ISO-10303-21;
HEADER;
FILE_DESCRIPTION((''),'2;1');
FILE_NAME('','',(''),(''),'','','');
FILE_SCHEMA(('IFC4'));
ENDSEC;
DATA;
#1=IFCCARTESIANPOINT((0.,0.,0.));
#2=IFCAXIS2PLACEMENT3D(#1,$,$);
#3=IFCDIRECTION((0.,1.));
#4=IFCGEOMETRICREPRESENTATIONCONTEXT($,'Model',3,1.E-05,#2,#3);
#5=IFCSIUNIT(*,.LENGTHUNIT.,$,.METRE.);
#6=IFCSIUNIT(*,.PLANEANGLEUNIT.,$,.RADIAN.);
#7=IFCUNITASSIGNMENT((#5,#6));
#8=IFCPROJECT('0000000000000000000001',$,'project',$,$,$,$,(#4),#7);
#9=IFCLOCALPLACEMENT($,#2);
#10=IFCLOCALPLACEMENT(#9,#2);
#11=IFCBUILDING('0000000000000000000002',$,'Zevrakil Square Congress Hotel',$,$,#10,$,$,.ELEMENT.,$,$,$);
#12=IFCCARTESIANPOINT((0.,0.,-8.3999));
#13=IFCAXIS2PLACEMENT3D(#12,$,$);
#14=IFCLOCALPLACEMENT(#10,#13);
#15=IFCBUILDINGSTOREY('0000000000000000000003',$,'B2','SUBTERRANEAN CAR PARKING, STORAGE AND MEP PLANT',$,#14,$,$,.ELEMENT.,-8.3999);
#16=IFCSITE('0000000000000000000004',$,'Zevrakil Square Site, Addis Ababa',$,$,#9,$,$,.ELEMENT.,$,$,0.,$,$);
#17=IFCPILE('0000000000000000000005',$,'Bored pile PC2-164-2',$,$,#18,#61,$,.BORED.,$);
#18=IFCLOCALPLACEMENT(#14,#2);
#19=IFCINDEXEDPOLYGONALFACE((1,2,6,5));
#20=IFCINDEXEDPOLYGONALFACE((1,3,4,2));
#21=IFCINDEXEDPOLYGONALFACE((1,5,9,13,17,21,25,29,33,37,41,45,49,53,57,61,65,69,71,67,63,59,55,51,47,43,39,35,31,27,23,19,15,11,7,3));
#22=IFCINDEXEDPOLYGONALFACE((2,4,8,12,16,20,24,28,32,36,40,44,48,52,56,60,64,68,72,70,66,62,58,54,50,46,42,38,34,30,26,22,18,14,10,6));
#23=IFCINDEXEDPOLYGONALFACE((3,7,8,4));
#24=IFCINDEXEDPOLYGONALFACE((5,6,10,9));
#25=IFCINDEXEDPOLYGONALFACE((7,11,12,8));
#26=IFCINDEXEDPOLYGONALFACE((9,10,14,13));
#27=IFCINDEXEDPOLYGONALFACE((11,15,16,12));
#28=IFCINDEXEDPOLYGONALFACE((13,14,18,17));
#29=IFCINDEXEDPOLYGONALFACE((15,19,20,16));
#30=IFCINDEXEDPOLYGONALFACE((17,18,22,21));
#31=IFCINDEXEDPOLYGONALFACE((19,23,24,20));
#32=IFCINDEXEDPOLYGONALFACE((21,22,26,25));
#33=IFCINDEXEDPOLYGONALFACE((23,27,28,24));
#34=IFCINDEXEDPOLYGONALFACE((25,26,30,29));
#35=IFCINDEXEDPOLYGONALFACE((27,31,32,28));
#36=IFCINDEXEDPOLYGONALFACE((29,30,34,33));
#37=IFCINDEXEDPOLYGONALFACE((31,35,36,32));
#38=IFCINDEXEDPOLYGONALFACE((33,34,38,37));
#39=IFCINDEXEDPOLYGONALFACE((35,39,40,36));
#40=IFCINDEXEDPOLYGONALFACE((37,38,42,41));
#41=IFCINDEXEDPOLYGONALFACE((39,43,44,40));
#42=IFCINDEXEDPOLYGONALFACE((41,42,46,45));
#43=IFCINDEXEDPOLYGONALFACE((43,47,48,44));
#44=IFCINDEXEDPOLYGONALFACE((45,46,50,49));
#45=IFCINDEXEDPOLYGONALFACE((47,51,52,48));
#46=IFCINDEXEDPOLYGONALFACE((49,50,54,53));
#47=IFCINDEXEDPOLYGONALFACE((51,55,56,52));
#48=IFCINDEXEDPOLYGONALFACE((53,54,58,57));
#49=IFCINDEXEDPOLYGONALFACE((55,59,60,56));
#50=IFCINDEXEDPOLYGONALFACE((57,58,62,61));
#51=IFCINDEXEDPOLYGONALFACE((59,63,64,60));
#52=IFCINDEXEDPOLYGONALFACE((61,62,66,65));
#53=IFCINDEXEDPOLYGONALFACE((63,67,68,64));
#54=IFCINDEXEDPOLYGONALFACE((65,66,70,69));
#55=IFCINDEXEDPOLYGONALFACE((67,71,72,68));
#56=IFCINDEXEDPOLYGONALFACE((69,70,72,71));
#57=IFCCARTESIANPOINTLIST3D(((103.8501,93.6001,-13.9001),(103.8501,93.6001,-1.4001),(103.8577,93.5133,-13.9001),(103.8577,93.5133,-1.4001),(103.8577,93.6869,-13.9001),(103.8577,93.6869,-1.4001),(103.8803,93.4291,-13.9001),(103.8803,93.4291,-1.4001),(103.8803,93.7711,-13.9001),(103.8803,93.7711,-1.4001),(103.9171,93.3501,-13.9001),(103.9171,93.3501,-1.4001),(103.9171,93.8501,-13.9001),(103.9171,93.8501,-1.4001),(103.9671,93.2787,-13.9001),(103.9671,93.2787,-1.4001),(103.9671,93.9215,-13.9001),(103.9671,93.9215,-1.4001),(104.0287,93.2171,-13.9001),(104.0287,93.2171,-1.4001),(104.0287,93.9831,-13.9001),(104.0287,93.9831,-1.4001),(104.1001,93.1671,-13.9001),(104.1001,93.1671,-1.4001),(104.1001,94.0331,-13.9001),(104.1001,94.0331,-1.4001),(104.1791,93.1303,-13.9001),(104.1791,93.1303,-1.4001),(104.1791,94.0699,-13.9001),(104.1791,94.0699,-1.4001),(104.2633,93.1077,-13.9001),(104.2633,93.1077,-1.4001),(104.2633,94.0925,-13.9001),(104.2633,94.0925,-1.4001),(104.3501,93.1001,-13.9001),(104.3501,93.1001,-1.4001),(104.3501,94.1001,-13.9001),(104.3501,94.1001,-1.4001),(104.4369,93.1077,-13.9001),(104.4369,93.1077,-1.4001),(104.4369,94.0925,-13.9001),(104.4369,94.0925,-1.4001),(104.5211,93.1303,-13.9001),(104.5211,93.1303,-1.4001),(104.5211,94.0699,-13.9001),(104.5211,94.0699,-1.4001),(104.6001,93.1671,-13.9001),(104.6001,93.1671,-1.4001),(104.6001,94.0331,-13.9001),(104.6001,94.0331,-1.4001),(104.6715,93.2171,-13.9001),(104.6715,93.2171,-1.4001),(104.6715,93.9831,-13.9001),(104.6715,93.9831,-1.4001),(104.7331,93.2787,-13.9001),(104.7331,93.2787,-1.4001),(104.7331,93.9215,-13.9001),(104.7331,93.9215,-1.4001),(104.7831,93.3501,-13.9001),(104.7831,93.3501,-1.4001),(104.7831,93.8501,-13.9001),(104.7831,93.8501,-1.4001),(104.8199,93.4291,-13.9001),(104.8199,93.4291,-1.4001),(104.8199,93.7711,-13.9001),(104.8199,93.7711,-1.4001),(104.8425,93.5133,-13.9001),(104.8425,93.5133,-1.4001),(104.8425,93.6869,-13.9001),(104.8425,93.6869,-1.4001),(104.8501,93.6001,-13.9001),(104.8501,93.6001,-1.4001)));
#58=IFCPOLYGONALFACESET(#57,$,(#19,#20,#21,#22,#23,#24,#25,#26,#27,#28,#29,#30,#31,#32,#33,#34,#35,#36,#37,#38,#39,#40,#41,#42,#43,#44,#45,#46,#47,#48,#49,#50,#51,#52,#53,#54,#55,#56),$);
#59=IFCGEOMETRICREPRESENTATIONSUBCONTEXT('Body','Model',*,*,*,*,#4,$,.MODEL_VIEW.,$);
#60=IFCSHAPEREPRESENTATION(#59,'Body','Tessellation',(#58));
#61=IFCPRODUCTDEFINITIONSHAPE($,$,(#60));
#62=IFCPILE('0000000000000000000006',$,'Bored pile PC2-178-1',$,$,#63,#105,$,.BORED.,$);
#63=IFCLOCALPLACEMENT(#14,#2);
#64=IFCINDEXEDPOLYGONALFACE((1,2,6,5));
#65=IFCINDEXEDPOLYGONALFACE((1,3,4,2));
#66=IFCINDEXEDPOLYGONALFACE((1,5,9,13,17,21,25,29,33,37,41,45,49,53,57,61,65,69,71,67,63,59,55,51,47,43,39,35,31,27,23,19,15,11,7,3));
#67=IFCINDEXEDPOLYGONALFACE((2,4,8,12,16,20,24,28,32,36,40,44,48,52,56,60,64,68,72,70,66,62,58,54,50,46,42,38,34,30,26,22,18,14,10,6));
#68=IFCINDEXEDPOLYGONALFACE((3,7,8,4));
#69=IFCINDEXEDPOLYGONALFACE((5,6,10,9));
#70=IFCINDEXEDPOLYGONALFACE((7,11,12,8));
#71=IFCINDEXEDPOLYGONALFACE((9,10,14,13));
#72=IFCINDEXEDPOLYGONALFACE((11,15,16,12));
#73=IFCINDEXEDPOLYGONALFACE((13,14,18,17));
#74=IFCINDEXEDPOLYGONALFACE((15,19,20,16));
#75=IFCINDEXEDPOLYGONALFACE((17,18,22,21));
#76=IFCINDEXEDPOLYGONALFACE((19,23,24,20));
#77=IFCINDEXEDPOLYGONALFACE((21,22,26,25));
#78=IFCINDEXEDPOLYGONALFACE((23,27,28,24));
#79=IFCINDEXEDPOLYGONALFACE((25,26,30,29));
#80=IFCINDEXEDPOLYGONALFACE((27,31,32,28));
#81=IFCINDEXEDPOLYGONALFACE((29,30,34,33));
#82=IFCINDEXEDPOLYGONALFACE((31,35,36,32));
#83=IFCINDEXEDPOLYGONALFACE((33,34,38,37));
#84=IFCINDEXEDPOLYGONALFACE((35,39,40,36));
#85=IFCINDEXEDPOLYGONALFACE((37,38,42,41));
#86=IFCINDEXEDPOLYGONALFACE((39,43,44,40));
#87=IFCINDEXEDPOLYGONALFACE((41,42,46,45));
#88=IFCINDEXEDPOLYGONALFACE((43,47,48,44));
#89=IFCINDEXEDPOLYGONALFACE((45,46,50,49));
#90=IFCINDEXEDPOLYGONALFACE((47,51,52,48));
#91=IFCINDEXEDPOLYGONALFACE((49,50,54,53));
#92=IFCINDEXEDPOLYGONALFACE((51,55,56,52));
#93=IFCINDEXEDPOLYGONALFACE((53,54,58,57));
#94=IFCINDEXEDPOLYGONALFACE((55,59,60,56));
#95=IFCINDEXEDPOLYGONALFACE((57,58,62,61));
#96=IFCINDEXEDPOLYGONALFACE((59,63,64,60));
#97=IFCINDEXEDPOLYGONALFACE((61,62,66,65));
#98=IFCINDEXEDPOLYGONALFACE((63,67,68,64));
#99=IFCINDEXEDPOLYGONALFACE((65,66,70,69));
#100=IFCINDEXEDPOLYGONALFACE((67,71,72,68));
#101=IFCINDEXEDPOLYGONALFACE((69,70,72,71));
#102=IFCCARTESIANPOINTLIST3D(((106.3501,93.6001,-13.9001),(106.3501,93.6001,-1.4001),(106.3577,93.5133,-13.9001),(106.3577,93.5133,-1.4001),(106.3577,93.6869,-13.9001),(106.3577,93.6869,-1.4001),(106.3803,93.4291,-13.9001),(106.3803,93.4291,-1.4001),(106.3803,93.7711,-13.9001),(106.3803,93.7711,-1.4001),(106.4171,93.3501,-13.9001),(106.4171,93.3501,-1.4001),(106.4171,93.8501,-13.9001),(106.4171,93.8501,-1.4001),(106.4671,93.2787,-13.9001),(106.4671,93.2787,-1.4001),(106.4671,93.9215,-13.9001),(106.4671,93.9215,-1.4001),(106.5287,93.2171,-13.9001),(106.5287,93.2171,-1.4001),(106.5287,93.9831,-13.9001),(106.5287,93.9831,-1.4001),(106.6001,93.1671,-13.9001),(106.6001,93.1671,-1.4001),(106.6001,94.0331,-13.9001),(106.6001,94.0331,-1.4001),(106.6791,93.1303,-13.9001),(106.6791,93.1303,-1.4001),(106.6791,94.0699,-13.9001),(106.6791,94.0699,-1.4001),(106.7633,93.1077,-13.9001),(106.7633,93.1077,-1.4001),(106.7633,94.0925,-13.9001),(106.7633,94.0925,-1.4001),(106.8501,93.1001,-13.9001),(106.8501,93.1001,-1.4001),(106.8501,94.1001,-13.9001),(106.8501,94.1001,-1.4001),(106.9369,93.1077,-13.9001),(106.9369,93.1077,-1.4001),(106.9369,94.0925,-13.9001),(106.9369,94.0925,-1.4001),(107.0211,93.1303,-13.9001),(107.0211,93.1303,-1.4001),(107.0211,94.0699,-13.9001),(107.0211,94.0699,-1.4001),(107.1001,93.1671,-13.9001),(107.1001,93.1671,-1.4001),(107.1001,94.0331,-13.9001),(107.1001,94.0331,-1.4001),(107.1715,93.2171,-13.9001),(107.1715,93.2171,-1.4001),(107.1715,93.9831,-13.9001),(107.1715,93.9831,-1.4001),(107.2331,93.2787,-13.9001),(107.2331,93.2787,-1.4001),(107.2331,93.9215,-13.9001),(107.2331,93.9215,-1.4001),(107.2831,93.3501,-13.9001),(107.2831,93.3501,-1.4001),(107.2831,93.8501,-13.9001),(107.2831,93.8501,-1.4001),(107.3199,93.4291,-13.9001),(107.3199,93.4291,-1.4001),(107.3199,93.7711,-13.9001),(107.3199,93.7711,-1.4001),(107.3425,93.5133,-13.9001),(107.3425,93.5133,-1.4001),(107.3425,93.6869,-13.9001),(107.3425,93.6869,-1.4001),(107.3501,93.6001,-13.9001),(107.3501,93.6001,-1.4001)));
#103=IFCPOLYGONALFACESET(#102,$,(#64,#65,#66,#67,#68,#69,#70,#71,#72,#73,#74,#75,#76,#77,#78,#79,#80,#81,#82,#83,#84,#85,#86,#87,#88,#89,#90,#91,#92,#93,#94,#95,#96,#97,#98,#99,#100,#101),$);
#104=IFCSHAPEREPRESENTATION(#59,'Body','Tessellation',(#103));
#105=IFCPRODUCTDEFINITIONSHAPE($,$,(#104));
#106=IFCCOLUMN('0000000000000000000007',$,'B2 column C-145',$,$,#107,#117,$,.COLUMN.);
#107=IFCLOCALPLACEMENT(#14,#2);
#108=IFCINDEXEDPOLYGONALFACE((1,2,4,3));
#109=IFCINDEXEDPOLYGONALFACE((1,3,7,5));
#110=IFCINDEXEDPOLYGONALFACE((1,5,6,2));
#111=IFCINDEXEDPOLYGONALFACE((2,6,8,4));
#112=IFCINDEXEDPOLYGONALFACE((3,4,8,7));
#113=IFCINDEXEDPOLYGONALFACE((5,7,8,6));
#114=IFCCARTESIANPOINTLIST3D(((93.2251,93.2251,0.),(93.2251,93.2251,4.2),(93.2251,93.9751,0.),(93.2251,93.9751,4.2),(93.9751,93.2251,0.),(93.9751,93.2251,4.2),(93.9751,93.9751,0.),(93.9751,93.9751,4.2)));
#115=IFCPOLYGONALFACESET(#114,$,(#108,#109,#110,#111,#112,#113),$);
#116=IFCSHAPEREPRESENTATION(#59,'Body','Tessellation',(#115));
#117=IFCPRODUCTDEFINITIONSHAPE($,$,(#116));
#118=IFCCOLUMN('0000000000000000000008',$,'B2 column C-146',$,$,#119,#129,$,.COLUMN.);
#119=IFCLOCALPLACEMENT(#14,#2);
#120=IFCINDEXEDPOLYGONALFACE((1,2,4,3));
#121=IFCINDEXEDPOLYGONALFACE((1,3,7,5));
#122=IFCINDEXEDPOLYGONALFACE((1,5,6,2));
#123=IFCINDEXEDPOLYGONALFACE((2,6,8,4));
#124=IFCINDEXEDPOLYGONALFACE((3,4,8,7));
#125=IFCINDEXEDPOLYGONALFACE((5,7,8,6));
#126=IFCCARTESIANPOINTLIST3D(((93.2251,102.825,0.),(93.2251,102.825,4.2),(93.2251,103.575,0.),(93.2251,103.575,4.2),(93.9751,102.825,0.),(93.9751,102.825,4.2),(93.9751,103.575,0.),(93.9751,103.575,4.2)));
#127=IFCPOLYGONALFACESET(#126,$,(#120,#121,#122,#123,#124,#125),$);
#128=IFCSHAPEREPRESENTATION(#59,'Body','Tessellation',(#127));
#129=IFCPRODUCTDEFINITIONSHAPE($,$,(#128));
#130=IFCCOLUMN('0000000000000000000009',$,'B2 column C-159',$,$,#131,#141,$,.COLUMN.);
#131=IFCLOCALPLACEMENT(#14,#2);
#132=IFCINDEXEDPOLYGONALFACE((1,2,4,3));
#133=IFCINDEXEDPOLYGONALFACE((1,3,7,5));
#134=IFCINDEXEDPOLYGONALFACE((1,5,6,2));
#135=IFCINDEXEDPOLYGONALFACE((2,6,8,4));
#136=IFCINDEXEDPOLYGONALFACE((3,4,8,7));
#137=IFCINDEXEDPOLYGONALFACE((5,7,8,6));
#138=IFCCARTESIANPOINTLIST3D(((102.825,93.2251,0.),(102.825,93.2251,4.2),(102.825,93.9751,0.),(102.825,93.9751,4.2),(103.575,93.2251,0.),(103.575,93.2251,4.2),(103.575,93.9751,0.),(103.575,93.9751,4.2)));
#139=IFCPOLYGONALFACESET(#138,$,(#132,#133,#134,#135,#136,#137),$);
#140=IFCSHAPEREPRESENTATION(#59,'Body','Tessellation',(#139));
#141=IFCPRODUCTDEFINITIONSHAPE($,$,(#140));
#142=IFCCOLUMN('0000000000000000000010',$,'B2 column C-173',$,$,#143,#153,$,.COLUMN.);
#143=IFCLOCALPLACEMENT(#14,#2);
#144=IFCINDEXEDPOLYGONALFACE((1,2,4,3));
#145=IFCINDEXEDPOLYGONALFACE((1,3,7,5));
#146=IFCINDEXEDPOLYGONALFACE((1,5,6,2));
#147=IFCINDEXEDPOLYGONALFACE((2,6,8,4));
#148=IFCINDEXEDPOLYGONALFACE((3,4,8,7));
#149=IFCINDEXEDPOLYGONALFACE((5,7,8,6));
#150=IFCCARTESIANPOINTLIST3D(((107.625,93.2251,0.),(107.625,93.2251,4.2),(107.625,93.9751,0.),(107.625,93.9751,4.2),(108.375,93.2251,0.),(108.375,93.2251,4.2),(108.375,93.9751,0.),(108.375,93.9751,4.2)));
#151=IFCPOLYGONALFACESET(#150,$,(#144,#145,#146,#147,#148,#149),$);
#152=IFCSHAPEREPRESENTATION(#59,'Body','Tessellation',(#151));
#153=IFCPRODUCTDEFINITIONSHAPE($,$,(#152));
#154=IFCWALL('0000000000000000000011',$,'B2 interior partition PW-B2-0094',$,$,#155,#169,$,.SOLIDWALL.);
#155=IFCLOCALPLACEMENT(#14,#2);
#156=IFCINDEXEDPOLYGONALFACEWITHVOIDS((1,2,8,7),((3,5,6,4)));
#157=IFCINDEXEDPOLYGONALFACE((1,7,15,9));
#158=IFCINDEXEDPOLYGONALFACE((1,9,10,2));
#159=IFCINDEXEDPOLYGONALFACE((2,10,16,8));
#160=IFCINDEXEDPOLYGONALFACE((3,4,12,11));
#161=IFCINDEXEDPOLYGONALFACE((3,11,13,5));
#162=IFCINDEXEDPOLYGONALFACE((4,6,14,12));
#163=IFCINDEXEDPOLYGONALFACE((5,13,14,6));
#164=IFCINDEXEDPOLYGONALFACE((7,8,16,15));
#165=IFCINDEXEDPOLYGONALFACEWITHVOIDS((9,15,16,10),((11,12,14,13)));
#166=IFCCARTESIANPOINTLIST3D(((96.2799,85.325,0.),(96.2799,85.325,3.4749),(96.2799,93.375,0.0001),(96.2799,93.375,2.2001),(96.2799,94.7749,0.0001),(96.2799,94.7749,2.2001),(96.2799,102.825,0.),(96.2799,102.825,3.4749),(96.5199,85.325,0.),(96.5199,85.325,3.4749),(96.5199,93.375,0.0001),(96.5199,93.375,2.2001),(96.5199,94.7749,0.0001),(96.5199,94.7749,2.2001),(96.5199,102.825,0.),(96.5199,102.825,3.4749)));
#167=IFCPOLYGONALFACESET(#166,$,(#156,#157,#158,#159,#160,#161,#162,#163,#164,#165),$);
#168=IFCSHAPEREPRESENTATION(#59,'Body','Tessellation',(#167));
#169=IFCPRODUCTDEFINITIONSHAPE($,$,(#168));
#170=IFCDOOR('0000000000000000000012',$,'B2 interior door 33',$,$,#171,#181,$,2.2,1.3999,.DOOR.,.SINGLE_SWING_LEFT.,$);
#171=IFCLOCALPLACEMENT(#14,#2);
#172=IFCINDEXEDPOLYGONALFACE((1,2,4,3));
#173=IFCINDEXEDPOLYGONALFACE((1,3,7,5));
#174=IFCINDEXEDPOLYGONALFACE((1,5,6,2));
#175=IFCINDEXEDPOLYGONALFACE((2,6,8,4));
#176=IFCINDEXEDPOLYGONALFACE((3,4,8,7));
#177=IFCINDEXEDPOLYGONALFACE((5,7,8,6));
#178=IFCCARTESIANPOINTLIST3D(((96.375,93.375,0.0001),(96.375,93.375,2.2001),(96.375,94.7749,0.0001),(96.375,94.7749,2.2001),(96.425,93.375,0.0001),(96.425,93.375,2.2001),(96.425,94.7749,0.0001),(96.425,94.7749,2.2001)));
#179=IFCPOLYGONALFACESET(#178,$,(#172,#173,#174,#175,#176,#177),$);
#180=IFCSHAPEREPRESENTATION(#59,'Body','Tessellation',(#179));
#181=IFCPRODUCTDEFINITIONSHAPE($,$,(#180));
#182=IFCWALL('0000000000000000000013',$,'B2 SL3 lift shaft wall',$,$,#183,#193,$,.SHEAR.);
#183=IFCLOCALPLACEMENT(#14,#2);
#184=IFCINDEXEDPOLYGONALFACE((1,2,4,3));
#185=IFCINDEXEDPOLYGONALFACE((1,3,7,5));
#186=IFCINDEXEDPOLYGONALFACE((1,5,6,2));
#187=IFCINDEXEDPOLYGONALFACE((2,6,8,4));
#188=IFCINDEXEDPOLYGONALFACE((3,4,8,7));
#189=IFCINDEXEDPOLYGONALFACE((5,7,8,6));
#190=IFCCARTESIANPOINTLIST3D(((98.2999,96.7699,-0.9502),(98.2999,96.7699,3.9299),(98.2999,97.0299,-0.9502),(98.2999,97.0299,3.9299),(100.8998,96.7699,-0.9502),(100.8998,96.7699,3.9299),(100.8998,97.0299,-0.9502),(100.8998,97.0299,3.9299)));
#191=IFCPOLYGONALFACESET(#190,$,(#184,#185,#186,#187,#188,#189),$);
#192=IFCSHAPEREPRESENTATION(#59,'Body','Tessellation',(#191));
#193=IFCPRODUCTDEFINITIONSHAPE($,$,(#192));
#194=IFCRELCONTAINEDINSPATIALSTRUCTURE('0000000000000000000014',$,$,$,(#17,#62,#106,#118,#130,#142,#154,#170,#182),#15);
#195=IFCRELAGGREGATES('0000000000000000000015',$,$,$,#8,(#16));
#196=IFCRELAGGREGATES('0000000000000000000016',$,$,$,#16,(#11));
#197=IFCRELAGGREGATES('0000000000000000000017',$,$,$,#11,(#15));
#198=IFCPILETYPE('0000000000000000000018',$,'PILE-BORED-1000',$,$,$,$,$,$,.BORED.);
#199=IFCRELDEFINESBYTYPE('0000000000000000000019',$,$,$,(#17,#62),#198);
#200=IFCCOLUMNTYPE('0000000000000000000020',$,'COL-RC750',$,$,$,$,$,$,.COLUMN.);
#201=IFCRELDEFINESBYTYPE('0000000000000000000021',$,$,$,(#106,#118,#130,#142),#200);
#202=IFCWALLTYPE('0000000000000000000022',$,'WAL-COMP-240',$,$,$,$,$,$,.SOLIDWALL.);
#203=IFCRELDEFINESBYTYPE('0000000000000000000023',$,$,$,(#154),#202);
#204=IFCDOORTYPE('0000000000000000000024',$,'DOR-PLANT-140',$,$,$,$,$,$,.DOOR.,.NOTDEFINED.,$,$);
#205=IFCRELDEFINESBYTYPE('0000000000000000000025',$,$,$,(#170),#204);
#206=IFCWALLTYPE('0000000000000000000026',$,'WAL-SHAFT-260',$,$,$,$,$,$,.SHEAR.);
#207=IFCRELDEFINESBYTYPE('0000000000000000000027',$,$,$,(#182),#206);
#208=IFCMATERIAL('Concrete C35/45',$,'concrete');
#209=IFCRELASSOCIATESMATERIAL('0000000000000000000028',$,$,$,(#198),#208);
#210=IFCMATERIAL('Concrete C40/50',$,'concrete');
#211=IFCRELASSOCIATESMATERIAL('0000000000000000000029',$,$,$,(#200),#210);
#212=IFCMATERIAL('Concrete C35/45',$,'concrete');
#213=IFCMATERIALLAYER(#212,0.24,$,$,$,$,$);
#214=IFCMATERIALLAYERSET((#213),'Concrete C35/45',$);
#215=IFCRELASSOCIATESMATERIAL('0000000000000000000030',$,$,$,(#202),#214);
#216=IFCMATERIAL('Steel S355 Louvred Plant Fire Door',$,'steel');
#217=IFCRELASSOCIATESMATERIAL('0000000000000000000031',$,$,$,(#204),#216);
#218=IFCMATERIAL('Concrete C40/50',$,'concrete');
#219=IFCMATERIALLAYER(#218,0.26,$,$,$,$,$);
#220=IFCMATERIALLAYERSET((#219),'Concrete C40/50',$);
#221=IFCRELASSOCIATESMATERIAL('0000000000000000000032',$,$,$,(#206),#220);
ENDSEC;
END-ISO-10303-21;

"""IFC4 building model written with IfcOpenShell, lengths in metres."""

from ifc_helpers import new_model, si_unit, direction, frame, frame_2d, origin, origin_2d, place, context, subcontext, project, spatial, rectangle, circle, extrude, material, layer, layer_set, material_profile, profile_set, type_object, element, fill, save


model = new_model("IFC4")

# Units and contexts
model_context = context("Model", 3, precision=1e-05, world=origin(), true_north=direction((0.0, 1.0)))
body_context = subcontext(model_context, "Body", "Model", "MODEL_VIEW")
ifc_project = project(units=[si_unit("LENGTHUNIT", "METRE"), si_unit("PLANEANGLEUNIT", "RADIAN")], contexts=[model_context])

# Site, building, storey
site_placement = place(None, origin())
site = spatial("IfcSite", under=ifc_project, at=site_placement, Name="Zevrakil Square Site, Addis Ababa", CompositionType="ELEMENT", RefElevation=0.0)
building_placement = place(site_placement, origin())
building = spatial("IfcBuilding", under=site, at=building_placement, Name="Zevrakil Square Congress Hotel", CompositionType="ELEMENT")
storey_placement = place(building_placement, frame((0.0, 0.0, -8.3999)))
storey = spatial("IfcBuildingStorey", under=building, at=storey_placement, Name="B2", Description="SUBTERRANEAN CAR PARKING, STORAGE AND MEP PLANT", CompositionType="ELEMENT", Elevation=-8.3999)

# Piles
ifc_material_1 = material(Name="Concrete C35/45", Category="concrete")
ifc_material_profile_1 = material_profile(ifc_material_1, circle(Radius=0.5, at=origin_2d()), Name="PILE D1000")
ifc_profile_set_1 = profile_set([ifc_material_profile_1], Name="Concrete C35/45")
pile_type = type_object("IfcPileType", Name="PILE-BORED-1000", PredefinedType="BORED", material=ifc_profile_set_1)
for number, where, z_axis, x_axis, name in (
    (1, (104.3501, 93.6001, -1.4001), (0.0, 0.0, -1.0), (1.0, 0.0, 0.0), "Bored pile PC2-164-2"),
    (2, (106.8501, 93.6001, -1.4001), (0.0, 0.0, -1.0), (1.0, 0.0, 0.0), "Bored pile PC2-178-1"),
):
    element("IfcPile", number, at=place(storey_placement, frame(where, z_axis=z_axis, x_axis=x_axis)), inside=storey, type_object=pile_type, Name=name, PredefinedType="BORED", context=body_context, shape_type="SweptSolid", body=[
        extrude(circle(Radius=0.5, at=origin_2d()), origin(), (0.0, 0.0, 1.0), 12.5),
    ])

# Columns
ifc_material_2 = material(Name="Concrete C40/50", Category="concrete")
ifc_material_profile_2 = material_profile(ifc_material_2, rectangle(XDim=0.75, YDim=0.75, at=origin_2d()), Name="RC 750x750")
ifc_profile_set_2 = profile_set([ifc_material_profile_2], Name="Concrete C40/50")
column_type = type_object("IfcColumnType", Name="COL-RC750", PredefinedType="COLUMN", material=ifc_profile_set_2)
for number, where, z_axis, x_axis, name in (
    (3, (93.6001, 93.6001, 0.0), (0.0, 0.0, 1.0), (1.0, 0.0, 0.0), "B2 column C-145"),
    (4, (93.6001, 103.2, 0.0), (0.0, 0.0, 1.0), (1.0, 0.0, 0.0), "B2 column C-146"),
    (5, (103.2, 93.6001, 0.0), (0.0, 0.0, 1.0), (1.0, 0.0, 0.0), "B2 column C-159"),
    (6, (108.0, 93.6001, 0.0), (0.0, 0.0, 1.0), (1.0, 0.0, 0.0), "B2 column C-173"),
):
    element("IfcColumn", number, at=place(storey_placement, frame(where, z_axis=z_axis, x_axis=x_axis)), inside=storey, type_object=column_type, Name=name, PredefinedType="COLUMN", context=body_context, shape_type="SweptSolid", body=[
        extrude(rectangle(XDim=0.75, YDim=0.75, at=origin_2d()), origin(), (0.0, 0.0, 1.0), 4.2),
    ])

# Wall, opening, door
ifc_material_3 = material(Name="Concrete C35/45", Category="concrete")
ifc_layer_1 = layer(ifc_material_3, 0.24)
ifc_layer_set_1 = layer_set([ifc_layer_1], Name="Concrete C35/45")
wall_type_1 = type_object("IfcWallType", Name="WAL-COMP-240", PredefinedType="SOLIDWALL", material=ifc_layer_set_1)
wall_1_placement = place(storey_placement, frame((96.3999, 85.325, 0.0), z_axis=(0.0, 0.0, 1.0), x_axis=(0.0, 1.0, 0.0)))
wall_1 = element("IfcWall", 7, at=wall_1_placement, inside=storey, type_object=wall_type_1, Name="B2 interior partition PW-B2-0094", PredefinedType="SOLIDWALL", context=body_context, shape_type="SweptSolid", body=[
    extrude(rectangle(XDim=17.5, YDim=0.24, at=frame_2d((8.75, 0.0))), origin(), (0.0, 0.0, 1.0), 3.4749),
])
opening_1_placement = place(wall_1_placement, frame((8.05, 0.0, 0.0)))
opening_1 = element("IfcOpeningElement", 8, at=opening_1_placement, cuts=wall_1, PredefinedType="OPENING", context=body_context, shape_type="SweptSolid", body=[
    extrude(rectangle(XDim=1.3999, YDim=2.2, at=frame_2d((0.7, 1.1001))), frame((0.0, 0.1299, 0.0), z_axis=(0.0, -1.0, 0.0), x_axis=(1.0, 0.0, 0.0)), (0.0, 0.0, 1.0), 0.26),
])
ifc_material_4 = material(Name="Steel S355 Louvred Plant Fire Door", Category="steel")
door_type_1 = type_object("IfcDoorType", Name="DOR-PLANT-140", OperationType="NOTDEFINED", PredefinedType="DOOR", material=ifc_material_4)
door_1_placement = place(opening_1_placement, origin())
door_1 = element("IfcDoor", 9, at=door_1_placement, inside=storey, type_object=door_type_1, Name="B2 interior door 33", OperationType="SINGLE_SWING_LEFT", OverallHeight=2.2, OverallWidth=1.3999, PredefinedType="DOOR", context=body_context, shape_type="SweptSolid", body=[
    extrude(rectangle(XDim=1.3999, YDim=2.2, at=frame_2d((0.7, 1.1001))), frame((0.0, 0.0249, 0.0), z_axis=(0.0, -1.0, 0.0), x_axis=(1.0, 0.0, 0.0)), (0.0, 0.0, 1.0), 0.05),
])
fill(opening_1, door_1)

# Wall
ifc_material_5 = material(Name="Concrete C40/50", Category="concrete")
ifc_layer_2 = layer(ifc_material_5, 0.26)
ifc_layer_set_2 = layer_set([ifc_layer_2], Name="Concrete C40/50")
wall_type_2 = type_object("IfcWallType", Name="WAL-SHAFT-260", PredefinedType="SHEAR", material=ifc_layer_set_2)
for number, where, z_axis, x_axis, name in (
    (10, (98.3, 96.8999, -0.9502), (0.0, 0.0, 1.0), (1.0, 0.0, 0.0), "B2 SL3 lift shaft wall"),
):
    element("IfcWall", number, at=place(storey_placement, frame(where, z_axis=z_axis, x_axis=x_axis)), inside=storey, type_object=wall_type_2, Name=name, PredefinedType="SHEAR", context=body_context, shape_type="SweptSolid", body=[
        extrude(rectangle(XDim=2.5999, YDim=0.26, at=frame_2d((1.2998, 0.0))), origin(), (0.0, 0.0, 1.0), 4.8801),
    ])

save(model, "model.ifc")
